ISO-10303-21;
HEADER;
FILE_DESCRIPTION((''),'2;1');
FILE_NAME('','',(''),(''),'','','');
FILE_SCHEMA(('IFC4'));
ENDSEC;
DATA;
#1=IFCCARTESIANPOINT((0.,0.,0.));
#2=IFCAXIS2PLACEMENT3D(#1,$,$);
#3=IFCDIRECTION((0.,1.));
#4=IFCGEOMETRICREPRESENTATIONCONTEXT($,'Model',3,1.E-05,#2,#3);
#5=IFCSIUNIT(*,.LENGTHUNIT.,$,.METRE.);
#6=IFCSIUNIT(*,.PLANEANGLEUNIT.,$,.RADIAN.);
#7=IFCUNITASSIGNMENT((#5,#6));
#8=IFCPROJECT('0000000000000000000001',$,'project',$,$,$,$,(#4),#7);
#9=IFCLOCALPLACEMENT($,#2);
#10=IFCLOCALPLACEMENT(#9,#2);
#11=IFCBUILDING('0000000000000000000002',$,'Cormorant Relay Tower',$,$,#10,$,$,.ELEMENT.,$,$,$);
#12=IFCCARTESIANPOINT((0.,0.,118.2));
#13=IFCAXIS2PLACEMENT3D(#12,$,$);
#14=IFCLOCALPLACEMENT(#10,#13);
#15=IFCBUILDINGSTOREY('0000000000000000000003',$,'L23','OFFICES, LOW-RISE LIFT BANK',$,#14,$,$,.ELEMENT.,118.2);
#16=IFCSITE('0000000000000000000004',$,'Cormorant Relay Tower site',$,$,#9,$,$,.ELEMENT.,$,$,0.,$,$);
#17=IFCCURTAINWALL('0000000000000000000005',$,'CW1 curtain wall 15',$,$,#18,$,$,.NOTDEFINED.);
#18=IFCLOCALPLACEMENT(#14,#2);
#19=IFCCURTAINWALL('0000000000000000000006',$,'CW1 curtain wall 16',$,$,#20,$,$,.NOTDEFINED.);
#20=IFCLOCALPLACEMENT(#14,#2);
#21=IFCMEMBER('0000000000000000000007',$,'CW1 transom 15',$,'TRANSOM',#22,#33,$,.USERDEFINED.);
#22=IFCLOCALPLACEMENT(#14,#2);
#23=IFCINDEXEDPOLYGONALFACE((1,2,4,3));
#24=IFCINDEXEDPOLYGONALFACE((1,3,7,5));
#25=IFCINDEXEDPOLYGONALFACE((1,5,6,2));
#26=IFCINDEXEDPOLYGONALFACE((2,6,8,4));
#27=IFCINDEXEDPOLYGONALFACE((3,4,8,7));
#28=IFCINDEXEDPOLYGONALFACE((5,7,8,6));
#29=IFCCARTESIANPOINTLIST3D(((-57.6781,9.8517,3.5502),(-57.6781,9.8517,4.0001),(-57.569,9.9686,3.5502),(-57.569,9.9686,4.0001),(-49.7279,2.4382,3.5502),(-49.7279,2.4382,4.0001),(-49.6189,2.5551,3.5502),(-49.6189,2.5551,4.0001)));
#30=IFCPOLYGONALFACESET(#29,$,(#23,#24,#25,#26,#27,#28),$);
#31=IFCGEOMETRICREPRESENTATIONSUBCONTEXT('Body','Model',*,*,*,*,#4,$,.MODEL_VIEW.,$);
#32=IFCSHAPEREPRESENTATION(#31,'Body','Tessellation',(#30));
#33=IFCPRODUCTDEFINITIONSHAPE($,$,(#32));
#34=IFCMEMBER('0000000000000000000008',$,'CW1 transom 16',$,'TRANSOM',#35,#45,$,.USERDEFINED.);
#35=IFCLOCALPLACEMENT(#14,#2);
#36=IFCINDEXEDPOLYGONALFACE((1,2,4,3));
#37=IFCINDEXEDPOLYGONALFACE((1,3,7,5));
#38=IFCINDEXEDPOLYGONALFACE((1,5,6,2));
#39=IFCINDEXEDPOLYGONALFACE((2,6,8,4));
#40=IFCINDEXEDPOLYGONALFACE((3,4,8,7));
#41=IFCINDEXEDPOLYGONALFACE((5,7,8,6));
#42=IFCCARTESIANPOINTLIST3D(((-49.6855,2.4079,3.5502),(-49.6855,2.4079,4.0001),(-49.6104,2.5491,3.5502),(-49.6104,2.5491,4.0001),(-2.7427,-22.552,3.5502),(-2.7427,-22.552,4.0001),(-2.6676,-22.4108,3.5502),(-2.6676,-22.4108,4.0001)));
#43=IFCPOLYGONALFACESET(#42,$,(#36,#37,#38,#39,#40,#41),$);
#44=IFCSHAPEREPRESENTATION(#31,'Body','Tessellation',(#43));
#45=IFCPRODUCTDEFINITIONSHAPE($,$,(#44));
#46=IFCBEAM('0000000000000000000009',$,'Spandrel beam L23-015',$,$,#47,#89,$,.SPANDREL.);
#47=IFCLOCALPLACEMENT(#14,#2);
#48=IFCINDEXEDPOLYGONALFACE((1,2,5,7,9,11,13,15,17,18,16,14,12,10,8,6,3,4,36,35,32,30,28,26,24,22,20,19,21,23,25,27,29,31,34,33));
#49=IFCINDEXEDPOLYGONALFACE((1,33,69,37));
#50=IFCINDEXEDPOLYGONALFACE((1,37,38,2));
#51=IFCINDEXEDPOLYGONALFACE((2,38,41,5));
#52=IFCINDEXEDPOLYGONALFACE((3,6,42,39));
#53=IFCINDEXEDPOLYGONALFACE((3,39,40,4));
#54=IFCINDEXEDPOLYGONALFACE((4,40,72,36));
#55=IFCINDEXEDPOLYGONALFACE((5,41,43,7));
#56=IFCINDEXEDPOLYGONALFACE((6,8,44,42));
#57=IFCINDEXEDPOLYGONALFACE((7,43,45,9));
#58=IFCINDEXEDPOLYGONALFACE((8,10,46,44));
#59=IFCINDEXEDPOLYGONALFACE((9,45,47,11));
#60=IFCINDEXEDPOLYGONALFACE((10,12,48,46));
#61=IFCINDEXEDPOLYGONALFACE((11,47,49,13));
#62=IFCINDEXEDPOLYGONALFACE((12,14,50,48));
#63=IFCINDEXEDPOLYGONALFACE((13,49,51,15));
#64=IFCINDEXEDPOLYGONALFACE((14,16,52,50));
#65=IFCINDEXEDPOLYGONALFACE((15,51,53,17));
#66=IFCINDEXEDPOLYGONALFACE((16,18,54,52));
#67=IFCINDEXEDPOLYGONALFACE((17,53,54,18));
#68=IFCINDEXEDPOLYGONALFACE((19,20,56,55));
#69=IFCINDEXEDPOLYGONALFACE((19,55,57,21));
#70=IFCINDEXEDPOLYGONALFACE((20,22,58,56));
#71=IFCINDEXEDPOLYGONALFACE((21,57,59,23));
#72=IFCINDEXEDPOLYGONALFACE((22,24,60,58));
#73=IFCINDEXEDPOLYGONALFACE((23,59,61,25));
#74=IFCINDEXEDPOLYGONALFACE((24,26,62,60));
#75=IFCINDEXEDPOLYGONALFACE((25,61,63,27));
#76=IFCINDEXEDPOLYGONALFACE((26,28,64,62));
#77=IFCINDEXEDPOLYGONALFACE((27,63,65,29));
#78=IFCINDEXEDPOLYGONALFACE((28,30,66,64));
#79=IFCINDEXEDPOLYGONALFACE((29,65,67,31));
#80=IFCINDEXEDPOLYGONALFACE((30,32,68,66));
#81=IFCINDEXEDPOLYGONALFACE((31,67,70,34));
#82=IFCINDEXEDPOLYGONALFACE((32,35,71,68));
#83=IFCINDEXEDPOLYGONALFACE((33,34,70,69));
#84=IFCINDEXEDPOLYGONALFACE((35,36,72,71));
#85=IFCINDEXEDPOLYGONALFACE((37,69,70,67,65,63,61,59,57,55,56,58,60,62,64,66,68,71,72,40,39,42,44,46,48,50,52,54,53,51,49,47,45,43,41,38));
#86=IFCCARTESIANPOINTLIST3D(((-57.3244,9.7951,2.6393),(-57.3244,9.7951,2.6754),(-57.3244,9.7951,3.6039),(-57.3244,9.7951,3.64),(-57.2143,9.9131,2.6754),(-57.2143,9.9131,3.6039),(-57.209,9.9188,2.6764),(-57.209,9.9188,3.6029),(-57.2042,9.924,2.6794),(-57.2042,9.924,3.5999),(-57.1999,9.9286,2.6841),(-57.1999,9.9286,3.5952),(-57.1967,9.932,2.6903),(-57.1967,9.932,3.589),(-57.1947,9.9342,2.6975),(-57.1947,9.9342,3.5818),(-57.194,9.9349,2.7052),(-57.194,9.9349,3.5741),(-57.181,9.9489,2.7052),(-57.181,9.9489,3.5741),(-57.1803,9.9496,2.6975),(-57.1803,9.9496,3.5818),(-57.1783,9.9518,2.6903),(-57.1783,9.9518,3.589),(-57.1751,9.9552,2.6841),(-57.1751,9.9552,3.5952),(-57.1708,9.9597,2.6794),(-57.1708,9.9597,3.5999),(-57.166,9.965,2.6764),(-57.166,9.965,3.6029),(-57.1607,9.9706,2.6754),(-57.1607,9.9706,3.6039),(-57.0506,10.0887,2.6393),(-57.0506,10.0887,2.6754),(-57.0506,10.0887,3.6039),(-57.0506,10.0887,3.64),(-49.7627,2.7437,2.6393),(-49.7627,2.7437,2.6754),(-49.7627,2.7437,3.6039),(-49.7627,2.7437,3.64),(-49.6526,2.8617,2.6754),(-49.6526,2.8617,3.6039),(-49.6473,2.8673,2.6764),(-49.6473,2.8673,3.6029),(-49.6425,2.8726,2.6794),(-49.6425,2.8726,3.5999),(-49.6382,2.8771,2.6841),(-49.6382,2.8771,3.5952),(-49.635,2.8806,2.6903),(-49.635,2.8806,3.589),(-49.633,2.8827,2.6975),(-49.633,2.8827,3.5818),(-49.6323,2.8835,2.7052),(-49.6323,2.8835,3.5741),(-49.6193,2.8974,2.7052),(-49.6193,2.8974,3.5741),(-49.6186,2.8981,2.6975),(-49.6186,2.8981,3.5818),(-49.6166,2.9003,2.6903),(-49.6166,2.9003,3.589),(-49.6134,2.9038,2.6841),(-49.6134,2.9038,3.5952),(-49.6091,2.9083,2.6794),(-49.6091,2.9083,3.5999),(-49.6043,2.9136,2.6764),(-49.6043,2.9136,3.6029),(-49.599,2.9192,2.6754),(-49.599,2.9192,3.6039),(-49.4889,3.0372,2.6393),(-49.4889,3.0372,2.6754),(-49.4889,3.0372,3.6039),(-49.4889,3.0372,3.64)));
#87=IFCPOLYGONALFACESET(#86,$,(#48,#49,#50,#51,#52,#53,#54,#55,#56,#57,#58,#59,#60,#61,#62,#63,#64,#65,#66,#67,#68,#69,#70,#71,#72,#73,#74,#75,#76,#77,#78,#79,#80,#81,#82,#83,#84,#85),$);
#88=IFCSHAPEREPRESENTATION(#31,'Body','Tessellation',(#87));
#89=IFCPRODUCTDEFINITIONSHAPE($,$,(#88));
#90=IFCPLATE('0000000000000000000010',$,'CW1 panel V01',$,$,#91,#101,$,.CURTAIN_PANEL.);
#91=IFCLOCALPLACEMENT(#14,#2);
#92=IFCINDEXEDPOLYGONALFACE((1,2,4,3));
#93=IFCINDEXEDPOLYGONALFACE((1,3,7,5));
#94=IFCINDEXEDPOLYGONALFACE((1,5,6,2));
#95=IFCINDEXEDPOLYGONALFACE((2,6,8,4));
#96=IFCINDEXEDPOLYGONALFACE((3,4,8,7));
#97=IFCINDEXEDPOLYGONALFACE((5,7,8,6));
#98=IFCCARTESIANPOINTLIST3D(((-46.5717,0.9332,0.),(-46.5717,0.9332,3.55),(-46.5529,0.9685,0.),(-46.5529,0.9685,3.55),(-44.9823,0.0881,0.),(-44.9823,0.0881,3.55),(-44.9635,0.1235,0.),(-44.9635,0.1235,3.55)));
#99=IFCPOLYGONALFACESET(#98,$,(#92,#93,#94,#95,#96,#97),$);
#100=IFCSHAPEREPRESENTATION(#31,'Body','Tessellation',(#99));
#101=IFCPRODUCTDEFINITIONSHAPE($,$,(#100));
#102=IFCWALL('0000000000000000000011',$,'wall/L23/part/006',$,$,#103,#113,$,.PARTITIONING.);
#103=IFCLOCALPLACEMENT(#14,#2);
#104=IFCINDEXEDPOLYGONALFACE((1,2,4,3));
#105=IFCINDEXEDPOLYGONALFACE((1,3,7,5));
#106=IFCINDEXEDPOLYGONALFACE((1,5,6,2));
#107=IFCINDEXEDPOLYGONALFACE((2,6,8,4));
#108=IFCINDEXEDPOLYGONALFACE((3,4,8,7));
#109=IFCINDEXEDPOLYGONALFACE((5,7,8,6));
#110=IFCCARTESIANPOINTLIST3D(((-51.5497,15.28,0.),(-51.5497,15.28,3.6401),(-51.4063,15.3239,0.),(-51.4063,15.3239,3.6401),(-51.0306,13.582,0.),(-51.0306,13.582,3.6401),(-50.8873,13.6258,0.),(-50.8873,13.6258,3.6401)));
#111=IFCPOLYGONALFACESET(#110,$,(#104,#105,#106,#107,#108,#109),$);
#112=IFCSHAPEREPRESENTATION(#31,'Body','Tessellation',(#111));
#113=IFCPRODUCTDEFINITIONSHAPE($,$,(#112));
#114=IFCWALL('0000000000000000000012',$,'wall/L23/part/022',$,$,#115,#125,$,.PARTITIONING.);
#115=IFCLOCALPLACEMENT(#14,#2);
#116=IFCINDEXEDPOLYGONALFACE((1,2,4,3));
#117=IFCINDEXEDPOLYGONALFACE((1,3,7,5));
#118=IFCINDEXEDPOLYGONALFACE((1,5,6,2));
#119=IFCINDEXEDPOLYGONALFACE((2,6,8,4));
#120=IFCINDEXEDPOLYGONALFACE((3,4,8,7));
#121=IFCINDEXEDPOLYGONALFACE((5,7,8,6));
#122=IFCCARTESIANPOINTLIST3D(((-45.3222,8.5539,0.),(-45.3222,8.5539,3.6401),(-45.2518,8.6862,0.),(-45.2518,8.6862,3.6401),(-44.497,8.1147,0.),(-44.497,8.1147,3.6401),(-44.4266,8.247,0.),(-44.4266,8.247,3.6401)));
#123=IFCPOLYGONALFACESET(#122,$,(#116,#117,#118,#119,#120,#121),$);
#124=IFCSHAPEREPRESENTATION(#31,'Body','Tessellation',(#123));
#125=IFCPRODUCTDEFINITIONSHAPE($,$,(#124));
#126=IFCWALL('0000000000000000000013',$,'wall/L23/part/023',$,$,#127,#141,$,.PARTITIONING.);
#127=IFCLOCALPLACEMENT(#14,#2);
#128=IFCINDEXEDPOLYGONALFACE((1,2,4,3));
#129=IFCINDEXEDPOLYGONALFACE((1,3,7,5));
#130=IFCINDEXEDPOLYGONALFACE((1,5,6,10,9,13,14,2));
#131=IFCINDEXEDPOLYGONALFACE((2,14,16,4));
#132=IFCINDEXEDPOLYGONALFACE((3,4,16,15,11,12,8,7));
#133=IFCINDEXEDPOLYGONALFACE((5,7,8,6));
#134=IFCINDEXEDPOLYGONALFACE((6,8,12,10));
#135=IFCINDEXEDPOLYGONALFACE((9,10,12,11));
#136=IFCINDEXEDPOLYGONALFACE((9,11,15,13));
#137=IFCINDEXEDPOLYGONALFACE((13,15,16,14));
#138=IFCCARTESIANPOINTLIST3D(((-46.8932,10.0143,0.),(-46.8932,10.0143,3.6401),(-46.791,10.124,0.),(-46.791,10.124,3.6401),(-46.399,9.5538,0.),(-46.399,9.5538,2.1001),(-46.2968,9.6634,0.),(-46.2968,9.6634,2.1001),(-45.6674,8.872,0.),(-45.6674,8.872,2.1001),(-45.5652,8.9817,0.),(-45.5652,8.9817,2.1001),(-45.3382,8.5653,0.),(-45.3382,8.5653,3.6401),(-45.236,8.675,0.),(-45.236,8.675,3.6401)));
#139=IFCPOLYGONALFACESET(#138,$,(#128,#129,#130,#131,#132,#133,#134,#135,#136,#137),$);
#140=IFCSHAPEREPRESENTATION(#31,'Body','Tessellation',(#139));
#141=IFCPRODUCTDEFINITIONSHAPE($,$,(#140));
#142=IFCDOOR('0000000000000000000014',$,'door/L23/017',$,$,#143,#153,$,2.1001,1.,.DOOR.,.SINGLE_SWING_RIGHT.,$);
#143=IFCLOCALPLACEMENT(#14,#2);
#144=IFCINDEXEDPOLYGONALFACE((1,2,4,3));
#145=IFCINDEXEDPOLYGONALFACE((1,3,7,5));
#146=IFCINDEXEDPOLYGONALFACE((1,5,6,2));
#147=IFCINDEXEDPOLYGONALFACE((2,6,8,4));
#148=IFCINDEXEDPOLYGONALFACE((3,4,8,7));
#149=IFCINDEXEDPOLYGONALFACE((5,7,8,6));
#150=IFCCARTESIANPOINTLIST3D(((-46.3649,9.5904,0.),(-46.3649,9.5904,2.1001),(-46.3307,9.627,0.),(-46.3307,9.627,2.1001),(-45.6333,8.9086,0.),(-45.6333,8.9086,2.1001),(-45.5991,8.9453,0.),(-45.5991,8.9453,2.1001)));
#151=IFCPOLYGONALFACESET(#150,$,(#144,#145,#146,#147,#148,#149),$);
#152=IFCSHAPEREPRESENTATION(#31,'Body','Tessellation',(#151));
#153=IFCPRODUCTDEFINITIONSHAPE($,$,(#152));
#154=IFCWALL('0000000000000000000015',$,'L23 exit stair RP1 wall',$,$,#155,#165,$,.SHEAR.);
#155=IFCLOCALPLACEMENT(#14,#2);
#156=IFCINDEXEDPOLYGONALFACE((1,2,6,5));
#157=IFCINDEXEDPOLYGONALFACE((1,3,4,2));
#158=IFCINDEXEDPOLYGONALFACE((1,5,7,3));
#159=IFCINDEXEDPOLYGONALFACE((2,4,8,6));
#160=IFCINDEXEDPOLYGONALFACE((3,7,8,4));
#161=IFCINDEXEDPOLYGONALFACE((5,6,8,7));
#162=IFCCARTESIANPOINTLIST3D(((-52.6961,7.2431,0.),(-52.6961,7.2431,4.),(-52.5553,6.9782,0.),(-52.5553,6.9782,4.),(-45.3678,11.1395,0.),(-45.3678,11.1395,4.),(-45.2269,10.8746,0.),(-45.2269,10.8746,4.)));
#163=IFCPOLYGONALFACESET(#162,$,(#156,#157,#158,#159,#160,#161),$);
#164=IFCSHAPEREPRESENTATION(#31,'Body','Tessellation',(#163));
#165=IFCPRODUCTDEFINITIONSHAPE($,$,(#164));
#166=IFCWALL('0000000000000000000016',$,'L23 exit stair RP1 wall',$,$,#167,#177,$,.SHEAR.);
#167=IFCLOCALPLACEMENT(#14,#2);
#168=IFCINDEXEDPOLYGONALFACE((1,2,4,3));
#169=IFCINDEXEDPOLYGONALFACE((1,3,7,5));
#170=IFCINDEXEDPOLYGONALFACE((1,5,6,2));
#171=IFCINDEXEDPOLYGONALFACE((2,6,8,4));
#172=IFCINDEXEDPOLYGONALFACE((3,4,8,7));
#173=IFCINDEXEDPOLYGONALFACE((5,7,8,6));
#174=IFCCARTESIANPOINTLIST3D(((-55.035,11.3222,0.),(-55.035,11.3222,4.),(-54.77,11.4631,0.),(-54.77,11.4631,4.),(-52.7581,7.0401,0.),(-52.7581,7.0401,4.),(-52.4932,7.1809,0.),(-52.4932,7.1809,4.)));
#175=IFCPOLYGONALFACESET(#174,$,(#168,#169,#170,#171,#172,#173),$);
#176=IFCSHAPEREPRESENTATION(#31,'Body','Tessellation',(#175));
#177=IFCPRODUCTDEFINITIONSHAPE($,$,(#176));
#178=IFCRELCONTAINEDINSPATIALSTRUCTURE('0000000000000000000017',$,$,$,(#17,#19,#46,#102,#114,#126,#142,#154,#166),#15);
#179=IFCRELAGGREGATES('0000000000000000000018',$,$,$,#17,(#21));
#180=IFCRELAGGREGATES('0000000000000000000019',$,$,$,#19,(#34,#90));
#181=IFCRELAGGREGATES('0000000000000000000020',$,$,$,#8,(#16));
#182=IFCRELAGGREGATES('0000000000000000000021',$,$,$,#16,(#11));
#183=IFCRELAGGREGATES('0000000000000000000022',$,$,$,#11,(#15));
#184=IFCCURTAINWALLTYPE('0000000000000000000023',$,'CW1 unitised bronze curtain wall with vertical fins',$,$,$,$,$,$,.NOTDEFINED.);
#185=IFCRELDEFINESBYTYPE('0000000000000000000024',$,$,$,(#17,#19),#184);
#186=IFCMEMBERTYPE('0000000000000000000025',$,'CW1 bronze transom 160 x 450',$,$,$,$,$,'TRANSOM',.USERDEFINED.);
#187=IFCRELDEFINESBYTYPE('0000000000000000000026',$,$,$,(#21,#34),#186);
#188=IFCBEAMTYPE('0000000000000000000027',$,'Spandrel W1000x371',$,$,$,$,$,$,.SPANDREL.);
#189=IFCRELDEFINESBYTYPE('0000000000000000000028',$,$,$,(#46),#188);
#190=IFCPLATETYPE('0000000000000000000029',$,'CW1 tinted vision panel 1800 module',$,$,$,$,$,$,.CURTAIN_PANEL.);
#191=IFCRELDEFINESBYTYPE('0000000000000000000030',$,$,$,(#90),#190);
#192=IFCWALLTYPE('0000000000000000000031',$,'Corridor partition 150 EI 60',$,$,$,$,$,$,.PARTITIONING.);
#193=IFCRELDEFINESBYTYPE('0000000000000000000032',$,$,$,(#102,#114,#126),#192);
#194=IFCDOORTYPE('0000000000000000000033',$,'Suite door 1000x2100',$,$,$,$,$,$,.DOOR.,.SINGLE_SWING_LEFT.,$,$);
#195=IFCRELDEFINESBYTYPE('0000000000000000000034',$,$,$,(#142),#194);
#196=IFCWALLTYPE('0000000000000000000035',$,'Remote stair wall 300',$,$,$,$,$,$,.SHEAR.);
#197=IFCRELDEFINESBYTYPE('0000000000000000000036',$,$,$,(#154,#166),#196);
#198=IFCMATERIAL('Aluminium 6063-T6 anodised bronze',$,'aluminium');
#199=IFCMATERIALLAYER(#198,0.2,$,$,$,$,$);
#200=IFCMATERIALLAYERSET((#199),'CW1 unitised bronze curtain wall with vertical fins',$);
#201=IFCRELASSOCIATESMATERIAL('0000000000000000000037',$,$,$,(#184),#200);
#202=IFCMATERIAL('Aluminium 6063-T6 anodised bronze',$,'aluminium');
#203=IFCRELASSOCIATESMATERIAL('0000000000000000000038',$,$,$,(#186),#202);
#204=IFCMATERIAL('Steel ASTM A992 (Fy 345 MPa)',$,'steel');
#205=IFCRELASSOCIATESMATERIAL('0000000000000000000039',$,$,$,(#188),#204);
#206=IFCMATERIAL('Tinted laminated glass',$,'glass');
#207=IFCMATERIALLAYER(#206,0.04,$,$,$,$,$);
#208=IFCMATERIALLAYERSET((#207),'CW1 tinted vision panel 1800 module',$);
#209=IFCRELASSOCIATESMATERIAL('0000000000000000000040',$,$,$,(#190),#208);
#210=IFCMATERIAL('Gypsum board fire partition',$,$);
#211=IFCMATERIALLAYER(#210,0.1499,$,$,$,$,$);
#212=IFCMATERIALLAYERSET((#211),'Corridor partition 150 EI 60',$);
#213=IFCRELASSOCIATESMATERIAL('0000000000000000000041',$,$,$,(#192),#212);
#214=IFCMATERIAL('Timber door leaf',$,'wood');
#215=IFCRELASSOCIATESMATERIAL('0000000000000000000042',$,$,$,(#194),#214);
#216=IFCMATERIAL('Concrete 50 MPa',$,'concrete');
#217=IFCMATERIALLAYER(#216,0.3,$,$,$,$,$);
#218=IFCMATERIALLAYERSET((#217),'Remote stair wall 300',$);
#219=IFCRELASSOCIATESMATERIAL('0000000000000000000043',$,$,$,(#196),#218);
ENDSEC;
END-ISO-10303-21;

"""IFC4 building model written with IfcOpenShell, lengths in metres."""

from ifc_helpers import new_model, si_unit, direction, frame, frame_2d, origin, origin_2d, place, context, subcontext, project, spatial, rectangle, i_section, extrude, material, layer, layer_set, material_profile, profile_set, type_object, element, fill, aggregate, save


model = new_model("IFC4")

# Units and contexts
model_context = context("Model", 3, precision=1e-05, world=origin(), true_north=direction((0.0, 1.0)))
body_context = subcontext(model_context, "Body", "Model", "MODEL_VIEW")
ifc_project = project(units=[si_unit("LENGTHUNIT", "METRE"), si_unit("PLANEANGLEUNIT", "RADIAN")], contexts=[model_context])

# Site, building, storey
site_placement = place(None, origin())
site = spatial("IfcSite", under=ifc_project, at=site_placement, Name="Cormorant Relay Tower site", CompositionType="ELEMENT", RefElevation=0.0)
building_placement = place(site_placement, origin())
building = spatial("IfcBuilding", under=site, at=building_placement, Name="Cormorant Relay Tower", CompositionType="ELEMENT")
storey_placement = place(building_placement, frame((0.0, 0.0, 118.2)))
storey = spatial("IfcBuildingStorey", under=building, at=storey_placement, Name="L23", Description="OFFICES, LOW-RISE LIFT BANK", CompositionType="ELEMENT", Elevation=118.2)

# Curtain walls
ifc_material_1 = material(Name="Aluminium 6063-T6 anodised bronze", Category="aluminium")
ifc_layer_1 = layer(ifc_material_1, 0.2)
ifc_layer_set_1 = layer_set([ifc_layer_1], Name="CW1 unitised bronze curtain wall with vertical fins")
curtain_wall_type = type_object("IfcCurtainWallType", Name="CW1 unitised bronze curtain wall with vertical fins", PredefinedType="NOTDEFINED", material=ifc_layer_set_1)
curtain_wall_1_placement = place(storey_placement, origin())
curtain_wall_1 = element("IfcCurtainWall", 1, at=curtain_wall_1_placement, inside=storey, type_object=curtain_wall_type, Name="CW1 curtain wall 15", PredefinedType="NOTDEFINED")
curtain_wall_2_placement = place(storey_placement, origin())
curtain_wall_2 = element("IfcCurtainWall", 2, at=curtain_wall_2_placement, inside=storey, type_object=curtain_wall_type, Name="CW1 curtain wall 16", PredefinedType="NOTDEFINED")

# Members
ifc_material_2 = material(Name="Aluminium 6063-T6 anodised bronze", Category="aluminium")
ifc_material_profile_1 = material_profile(ifc_material_2, rectangle(XDim=0.1599, YDim=0.45, at=origin_2d()), Name="AL 160x450")
ifc_profile_set_1 = profile_set([ifc_material_profile_1], Name="Aluminium 6063-T6 anodised bronze")
member_type_1 = type_object("IfcMemberType", Name="CW1 bronze transom 160 x 450", ElementType="TRANSOM", PredefinedType="USERDEFINED", material=ifc_profile_set_1)
member_1_placement = place(storey_placement, frame((-57.6235, 9.9102, 3.7751), z_axis=(0.731358, -0.681993, 0.0), x_axis=(0.681993, 0.731358, 0.0)))
member_1 = element("IfcMember", 3, at=member_1_placement, type_object=member_type_1, Name="CW1 transom 15", ObjectType="TRANSOM", PredefinedType="USERDEFINED", context=body_context, shape_type="SweptSolid", body=[
    extrude(rectangle(XDim=0.1599, YDim=0.45, at=origin_2d()), origin(), (0.0, 0.0, 1.0), 10.8704),
])
member_2_placement = place(storey_placement, frame((-49.6479, 2.4785, 3.7751), z_axis=(0.882948, -0.469471, 0.0), x_axis=(0.469471, 0.882948, 0.0)))
member_2 = element("IfcMember", 4, at=member_2_placement, type_object=member_type_1, Name="CW1 transom 16", ObjectType="TRANSOM", PredefinedType="USERDEFINED", context=body_context, shape_type="SweptSolid", body=[
    extrude(rectangle(XDim=0.1599, YDim=0.45, at=origin_2d()), origin(), (0.0, 0.0, 1.0), 53.166),
])

# Beam
ifc_material_3 = material(Name="Steel ASTM A992 (Fy 345 MPa)", Category="steel")
ifc_material_profile_2 = material_profile(ifc_material_3, i_section(OverallWidth=0.4014, OverallDepth=1.0007, WebThickness=0.019, FlangeThickness=0.0361, FilletRadius=0.0298, at=origin_2d()), Name="W1000x371")
ifc_profile_set_2 = profile_set([ifc_material_profile_2], Name="Steel ASTM A992 (Fy 345 MPa)")
beam_type = type_object("IfcBeamType", Name="Spandrel W1000x371", PredefinedType="SPANDREL", material=ifc_profile_set_2)
beam_placement = place(storey_placement, frame((-57.1875, 9.9419, 3.1396), z_axis=(0.731351, -0.682001, 0.0), x_axis=(0.682001, 0.731351, 0.0)))
element("IfcBeam", 5, at=beam_placement, inside=storey, type_object=beam_type, Name="Spandrel beam L23-015", PredefinedType="SPANDREL", context=body_context, shape_type="SweptSolid", body=[
    extrude(i_section(OverallWidth=0.4014, OverallDepth=1.0007, WebThickness=0.019, FlangeThickness=0.0361, FilletRadius=0.0298, at=origin_2d()), origin(), (0.0, 0.0, 1.0), 10.3394),
])

# Plate
ifc_material_4 = material(Name="Tinted laminated glass", Category="glass")
ifc_layer_2 = layer(ifc_material_4, 0.04)
ifc_layer_set_2 = layer_set([ifc_layer_2], Name="CW1 tinted vision panel 1800 module")
plate_type = type_object("IfcPlateType", Name="CW1 tinted vision panel 1800 module", PredefinedType="CURTAIN_PANEL", material=ifc_layer_set_2)
plate_placement = place(storey_placement, frame((-45.7676, 0.5283, 0.0), z_axis=(0.0, 0.0, 1.0), x_axis=(0.882948, -0.469472, 0.0)))
plate = element("IfcPlate", 6, at=plate_placement, type_object=plate_type, Name="CW1 panel V01", PredefinedType="CURTAIN_PANEL", context=body_context, shape_type="SweptSolid", body=[
    extrude(rectangle(XDim=1.8, YDim=0.04, at=origin_2d()), origin(), (0.0, 0.0, 1.0), 3.55),
])

# Walls
ifc_material_5 = material(Name="Gypsum board fire partition")
ifc_layer_3 = layer(ifc_material_5, 0.1499)
ifc_layer_set_3 = layer_set([ifc_layer_3], Name="Corridor partition 150 EI 60")
wall_type_1 = type_object("IfcWallType", Name="Corridor partition 150 EI 60", PredefinedType="PARTITIONING", material=ifc_layer_set_3)
wall_1_placement = place(storey_placement, frame((-50.959, 13.604, 0.0), z_axis=(0.0, 0.0, 1.0), x_axis=(-0.292327, 0.956318, 0.0)))
element("IfcWall", 7, at=wall_1_placement, inside=storey, type_object=wall_type_1, Name="wall/L23/part/006", PredefinedType="PARTITIONING", context=body_context, shape_type="SweptSolid", body=[
    extrude(rectangle(XDim=1.7756, YDim=0.1499, at=frame_2d((0.8877, 0.0))), origin(), (0.0, 0.0, 1.0), 3.6401),
])
wall_2_placement = place(storey_placement, frame((-44.4619, 8.1809, 0.0), z_axis=(0.0, 0.0, 1.0), x_axis=(-0.88275, 0.469843, 0.0)))
element("IfcWall", 8, at=wall_2_placement, inside=storey, type_object=wall_type_1, Name="wall/L23/part/022", PredefinedType="PARTITIONING", context=body_context, shape_type="SweptSolid", body=[
    extrude(rectangle(XDim=0.9348, YDim=0.1499, at=frame_2d((0.4673, 0.0))), origin(), (0.0, 0.0, 1.0), 3.6401),
])

# Wall, opening, door
wall_3_placement = place(storey_placement, frame((-45.2871, 8.6201, 0.0), z_axis=(0.0, 0.0, 1.0), x_axis=(-0.731594, 0.681741, 0.0)))
wall_3 = element("IfcWall", 9, at=wall_3_placement, inside=storey, type_object=wall_type_1, Name="wall/L23/part/023", PredefinedType="PARTITIONING", context=body_context, shape_type="SweptSolid", body=[
    extrude(rectangle(XDim=2.1255, YDim=0.1499, at=frame_2d((1.0627, 0.0))), origin(), (0.0, 0.0, 1.0), 3.6401),
])
opening_1_placement = place(wall_3_placement, frame((0.45, 0.0, 0.0)))
opening_1 = element("IfcOpeningElement", 10, at=opening_1_placement, cuts=wall_3, PredefinedType="OPENING", context=body_context, shape_type="SweptSolid", body=[
    extrude(rectangle(XDim=1.0, YDim=2.1001, at=frame_2d((0.5, 1.05))), frame((0.0, 0.085, 0.0), z_axis=(0.0, -1.0, 0.0), x_axis=(1.0, 0.0, 0.0)), (0.0, 0.0, 1.0), 0.1699),
])
ifc_material_6 = material(Name="Timber door leaf", Category="wood")
door_type_1 = type_object("IfcDoorType", Name="Suite door 1000x2100", OperationType="SINGLE_SWING_LEFT", PredefinedType="DOOR", material=ifc_material_6)
door_1_placement = place(opening_1_placement, origin())
door_1 = element("IfcDoor", 11, at=door_1_placement, inside=storey, type_object=door_type_1, Name="door/L23/017", OperationType="SINGLE_SWING_RIGHT", OverallHeight=2.1001, OverallWidth=1.0, PredefinedType="DOOR", context=body_context, shape_type="SweptSolid", body=[
    extrude(rectangle(XDim=1.0, YDim=2.1001, at=frame_2d((0.5, 1.05))), frame((0.0, 0.0249, 0.0), z_axis=(0.0, -1.0, 0.0), x_axis=(1.0, 0.0, 0.0)), (0.0, 0.0, 1.0), 0.05),
])
fill(opening_1, door_1)

# Walls
ifc_material_7 = material(Name="Concrete 50 MPa", Category="concrete")
ifc_layer_4 = layer(ifc_material_7, 0.3)
ifc_layer_set_4 = layer_set([ifc_layer_4], Name="Remote stair wall 300")
wall_type_2 = type_object("IfcWallType", Name="Remote stair wall 300", PredefinedType="SHEAR", material=ifc_layer_set_4)
wall_4_placement = place(storey_placement, frame((-45.2974, 11.0071, 0.0), z_axis=(0.0, 0.0, 1.0), x_axis=(-0.882952, -0.469464, 0.0)))
element("IfcWall", 12, at=wall_4_placement, inside=storey, type_object=wall_type_2, Name="L23 exit stair RP1 wall", PredefinedType="SHEAR", context=body_context, shape_type="SweptSolid", body=[
    extrude(rectangle(XDim=8.2998, YDim=0.3, at=frame_2d((4.1499, 0.0))), origin(), (0.0, 0.0, 1.0), 4.0),
])
wall_5_placement = place(storey_placement, frame((-52.6257, 7.1106, 0.0), z_axis=(0.0, 0.0, 1.0), x_axis=(-0.469464, 0.882951, 0.0)))
element("IfcWall", 13, at=wall_5_placement, inside=storey, type_object=wall_type_2, Name="L23 exit stair RP1 wall", PredefinedType="SHEAR", context=body_context, shape_type="SweptSolid", body=[
    extrude(rectangle(XDim=4.8499, YDim=0.3, at=frame_2d((2.4248, 0.0))), origin(), (0.0, 0.0, 1.0), 4.0),
])

aggregate(curtain_wall_1, [member_1])
aggregate(curtain_wall_2, [member_2, plate])

save(model, "model.ifc")
